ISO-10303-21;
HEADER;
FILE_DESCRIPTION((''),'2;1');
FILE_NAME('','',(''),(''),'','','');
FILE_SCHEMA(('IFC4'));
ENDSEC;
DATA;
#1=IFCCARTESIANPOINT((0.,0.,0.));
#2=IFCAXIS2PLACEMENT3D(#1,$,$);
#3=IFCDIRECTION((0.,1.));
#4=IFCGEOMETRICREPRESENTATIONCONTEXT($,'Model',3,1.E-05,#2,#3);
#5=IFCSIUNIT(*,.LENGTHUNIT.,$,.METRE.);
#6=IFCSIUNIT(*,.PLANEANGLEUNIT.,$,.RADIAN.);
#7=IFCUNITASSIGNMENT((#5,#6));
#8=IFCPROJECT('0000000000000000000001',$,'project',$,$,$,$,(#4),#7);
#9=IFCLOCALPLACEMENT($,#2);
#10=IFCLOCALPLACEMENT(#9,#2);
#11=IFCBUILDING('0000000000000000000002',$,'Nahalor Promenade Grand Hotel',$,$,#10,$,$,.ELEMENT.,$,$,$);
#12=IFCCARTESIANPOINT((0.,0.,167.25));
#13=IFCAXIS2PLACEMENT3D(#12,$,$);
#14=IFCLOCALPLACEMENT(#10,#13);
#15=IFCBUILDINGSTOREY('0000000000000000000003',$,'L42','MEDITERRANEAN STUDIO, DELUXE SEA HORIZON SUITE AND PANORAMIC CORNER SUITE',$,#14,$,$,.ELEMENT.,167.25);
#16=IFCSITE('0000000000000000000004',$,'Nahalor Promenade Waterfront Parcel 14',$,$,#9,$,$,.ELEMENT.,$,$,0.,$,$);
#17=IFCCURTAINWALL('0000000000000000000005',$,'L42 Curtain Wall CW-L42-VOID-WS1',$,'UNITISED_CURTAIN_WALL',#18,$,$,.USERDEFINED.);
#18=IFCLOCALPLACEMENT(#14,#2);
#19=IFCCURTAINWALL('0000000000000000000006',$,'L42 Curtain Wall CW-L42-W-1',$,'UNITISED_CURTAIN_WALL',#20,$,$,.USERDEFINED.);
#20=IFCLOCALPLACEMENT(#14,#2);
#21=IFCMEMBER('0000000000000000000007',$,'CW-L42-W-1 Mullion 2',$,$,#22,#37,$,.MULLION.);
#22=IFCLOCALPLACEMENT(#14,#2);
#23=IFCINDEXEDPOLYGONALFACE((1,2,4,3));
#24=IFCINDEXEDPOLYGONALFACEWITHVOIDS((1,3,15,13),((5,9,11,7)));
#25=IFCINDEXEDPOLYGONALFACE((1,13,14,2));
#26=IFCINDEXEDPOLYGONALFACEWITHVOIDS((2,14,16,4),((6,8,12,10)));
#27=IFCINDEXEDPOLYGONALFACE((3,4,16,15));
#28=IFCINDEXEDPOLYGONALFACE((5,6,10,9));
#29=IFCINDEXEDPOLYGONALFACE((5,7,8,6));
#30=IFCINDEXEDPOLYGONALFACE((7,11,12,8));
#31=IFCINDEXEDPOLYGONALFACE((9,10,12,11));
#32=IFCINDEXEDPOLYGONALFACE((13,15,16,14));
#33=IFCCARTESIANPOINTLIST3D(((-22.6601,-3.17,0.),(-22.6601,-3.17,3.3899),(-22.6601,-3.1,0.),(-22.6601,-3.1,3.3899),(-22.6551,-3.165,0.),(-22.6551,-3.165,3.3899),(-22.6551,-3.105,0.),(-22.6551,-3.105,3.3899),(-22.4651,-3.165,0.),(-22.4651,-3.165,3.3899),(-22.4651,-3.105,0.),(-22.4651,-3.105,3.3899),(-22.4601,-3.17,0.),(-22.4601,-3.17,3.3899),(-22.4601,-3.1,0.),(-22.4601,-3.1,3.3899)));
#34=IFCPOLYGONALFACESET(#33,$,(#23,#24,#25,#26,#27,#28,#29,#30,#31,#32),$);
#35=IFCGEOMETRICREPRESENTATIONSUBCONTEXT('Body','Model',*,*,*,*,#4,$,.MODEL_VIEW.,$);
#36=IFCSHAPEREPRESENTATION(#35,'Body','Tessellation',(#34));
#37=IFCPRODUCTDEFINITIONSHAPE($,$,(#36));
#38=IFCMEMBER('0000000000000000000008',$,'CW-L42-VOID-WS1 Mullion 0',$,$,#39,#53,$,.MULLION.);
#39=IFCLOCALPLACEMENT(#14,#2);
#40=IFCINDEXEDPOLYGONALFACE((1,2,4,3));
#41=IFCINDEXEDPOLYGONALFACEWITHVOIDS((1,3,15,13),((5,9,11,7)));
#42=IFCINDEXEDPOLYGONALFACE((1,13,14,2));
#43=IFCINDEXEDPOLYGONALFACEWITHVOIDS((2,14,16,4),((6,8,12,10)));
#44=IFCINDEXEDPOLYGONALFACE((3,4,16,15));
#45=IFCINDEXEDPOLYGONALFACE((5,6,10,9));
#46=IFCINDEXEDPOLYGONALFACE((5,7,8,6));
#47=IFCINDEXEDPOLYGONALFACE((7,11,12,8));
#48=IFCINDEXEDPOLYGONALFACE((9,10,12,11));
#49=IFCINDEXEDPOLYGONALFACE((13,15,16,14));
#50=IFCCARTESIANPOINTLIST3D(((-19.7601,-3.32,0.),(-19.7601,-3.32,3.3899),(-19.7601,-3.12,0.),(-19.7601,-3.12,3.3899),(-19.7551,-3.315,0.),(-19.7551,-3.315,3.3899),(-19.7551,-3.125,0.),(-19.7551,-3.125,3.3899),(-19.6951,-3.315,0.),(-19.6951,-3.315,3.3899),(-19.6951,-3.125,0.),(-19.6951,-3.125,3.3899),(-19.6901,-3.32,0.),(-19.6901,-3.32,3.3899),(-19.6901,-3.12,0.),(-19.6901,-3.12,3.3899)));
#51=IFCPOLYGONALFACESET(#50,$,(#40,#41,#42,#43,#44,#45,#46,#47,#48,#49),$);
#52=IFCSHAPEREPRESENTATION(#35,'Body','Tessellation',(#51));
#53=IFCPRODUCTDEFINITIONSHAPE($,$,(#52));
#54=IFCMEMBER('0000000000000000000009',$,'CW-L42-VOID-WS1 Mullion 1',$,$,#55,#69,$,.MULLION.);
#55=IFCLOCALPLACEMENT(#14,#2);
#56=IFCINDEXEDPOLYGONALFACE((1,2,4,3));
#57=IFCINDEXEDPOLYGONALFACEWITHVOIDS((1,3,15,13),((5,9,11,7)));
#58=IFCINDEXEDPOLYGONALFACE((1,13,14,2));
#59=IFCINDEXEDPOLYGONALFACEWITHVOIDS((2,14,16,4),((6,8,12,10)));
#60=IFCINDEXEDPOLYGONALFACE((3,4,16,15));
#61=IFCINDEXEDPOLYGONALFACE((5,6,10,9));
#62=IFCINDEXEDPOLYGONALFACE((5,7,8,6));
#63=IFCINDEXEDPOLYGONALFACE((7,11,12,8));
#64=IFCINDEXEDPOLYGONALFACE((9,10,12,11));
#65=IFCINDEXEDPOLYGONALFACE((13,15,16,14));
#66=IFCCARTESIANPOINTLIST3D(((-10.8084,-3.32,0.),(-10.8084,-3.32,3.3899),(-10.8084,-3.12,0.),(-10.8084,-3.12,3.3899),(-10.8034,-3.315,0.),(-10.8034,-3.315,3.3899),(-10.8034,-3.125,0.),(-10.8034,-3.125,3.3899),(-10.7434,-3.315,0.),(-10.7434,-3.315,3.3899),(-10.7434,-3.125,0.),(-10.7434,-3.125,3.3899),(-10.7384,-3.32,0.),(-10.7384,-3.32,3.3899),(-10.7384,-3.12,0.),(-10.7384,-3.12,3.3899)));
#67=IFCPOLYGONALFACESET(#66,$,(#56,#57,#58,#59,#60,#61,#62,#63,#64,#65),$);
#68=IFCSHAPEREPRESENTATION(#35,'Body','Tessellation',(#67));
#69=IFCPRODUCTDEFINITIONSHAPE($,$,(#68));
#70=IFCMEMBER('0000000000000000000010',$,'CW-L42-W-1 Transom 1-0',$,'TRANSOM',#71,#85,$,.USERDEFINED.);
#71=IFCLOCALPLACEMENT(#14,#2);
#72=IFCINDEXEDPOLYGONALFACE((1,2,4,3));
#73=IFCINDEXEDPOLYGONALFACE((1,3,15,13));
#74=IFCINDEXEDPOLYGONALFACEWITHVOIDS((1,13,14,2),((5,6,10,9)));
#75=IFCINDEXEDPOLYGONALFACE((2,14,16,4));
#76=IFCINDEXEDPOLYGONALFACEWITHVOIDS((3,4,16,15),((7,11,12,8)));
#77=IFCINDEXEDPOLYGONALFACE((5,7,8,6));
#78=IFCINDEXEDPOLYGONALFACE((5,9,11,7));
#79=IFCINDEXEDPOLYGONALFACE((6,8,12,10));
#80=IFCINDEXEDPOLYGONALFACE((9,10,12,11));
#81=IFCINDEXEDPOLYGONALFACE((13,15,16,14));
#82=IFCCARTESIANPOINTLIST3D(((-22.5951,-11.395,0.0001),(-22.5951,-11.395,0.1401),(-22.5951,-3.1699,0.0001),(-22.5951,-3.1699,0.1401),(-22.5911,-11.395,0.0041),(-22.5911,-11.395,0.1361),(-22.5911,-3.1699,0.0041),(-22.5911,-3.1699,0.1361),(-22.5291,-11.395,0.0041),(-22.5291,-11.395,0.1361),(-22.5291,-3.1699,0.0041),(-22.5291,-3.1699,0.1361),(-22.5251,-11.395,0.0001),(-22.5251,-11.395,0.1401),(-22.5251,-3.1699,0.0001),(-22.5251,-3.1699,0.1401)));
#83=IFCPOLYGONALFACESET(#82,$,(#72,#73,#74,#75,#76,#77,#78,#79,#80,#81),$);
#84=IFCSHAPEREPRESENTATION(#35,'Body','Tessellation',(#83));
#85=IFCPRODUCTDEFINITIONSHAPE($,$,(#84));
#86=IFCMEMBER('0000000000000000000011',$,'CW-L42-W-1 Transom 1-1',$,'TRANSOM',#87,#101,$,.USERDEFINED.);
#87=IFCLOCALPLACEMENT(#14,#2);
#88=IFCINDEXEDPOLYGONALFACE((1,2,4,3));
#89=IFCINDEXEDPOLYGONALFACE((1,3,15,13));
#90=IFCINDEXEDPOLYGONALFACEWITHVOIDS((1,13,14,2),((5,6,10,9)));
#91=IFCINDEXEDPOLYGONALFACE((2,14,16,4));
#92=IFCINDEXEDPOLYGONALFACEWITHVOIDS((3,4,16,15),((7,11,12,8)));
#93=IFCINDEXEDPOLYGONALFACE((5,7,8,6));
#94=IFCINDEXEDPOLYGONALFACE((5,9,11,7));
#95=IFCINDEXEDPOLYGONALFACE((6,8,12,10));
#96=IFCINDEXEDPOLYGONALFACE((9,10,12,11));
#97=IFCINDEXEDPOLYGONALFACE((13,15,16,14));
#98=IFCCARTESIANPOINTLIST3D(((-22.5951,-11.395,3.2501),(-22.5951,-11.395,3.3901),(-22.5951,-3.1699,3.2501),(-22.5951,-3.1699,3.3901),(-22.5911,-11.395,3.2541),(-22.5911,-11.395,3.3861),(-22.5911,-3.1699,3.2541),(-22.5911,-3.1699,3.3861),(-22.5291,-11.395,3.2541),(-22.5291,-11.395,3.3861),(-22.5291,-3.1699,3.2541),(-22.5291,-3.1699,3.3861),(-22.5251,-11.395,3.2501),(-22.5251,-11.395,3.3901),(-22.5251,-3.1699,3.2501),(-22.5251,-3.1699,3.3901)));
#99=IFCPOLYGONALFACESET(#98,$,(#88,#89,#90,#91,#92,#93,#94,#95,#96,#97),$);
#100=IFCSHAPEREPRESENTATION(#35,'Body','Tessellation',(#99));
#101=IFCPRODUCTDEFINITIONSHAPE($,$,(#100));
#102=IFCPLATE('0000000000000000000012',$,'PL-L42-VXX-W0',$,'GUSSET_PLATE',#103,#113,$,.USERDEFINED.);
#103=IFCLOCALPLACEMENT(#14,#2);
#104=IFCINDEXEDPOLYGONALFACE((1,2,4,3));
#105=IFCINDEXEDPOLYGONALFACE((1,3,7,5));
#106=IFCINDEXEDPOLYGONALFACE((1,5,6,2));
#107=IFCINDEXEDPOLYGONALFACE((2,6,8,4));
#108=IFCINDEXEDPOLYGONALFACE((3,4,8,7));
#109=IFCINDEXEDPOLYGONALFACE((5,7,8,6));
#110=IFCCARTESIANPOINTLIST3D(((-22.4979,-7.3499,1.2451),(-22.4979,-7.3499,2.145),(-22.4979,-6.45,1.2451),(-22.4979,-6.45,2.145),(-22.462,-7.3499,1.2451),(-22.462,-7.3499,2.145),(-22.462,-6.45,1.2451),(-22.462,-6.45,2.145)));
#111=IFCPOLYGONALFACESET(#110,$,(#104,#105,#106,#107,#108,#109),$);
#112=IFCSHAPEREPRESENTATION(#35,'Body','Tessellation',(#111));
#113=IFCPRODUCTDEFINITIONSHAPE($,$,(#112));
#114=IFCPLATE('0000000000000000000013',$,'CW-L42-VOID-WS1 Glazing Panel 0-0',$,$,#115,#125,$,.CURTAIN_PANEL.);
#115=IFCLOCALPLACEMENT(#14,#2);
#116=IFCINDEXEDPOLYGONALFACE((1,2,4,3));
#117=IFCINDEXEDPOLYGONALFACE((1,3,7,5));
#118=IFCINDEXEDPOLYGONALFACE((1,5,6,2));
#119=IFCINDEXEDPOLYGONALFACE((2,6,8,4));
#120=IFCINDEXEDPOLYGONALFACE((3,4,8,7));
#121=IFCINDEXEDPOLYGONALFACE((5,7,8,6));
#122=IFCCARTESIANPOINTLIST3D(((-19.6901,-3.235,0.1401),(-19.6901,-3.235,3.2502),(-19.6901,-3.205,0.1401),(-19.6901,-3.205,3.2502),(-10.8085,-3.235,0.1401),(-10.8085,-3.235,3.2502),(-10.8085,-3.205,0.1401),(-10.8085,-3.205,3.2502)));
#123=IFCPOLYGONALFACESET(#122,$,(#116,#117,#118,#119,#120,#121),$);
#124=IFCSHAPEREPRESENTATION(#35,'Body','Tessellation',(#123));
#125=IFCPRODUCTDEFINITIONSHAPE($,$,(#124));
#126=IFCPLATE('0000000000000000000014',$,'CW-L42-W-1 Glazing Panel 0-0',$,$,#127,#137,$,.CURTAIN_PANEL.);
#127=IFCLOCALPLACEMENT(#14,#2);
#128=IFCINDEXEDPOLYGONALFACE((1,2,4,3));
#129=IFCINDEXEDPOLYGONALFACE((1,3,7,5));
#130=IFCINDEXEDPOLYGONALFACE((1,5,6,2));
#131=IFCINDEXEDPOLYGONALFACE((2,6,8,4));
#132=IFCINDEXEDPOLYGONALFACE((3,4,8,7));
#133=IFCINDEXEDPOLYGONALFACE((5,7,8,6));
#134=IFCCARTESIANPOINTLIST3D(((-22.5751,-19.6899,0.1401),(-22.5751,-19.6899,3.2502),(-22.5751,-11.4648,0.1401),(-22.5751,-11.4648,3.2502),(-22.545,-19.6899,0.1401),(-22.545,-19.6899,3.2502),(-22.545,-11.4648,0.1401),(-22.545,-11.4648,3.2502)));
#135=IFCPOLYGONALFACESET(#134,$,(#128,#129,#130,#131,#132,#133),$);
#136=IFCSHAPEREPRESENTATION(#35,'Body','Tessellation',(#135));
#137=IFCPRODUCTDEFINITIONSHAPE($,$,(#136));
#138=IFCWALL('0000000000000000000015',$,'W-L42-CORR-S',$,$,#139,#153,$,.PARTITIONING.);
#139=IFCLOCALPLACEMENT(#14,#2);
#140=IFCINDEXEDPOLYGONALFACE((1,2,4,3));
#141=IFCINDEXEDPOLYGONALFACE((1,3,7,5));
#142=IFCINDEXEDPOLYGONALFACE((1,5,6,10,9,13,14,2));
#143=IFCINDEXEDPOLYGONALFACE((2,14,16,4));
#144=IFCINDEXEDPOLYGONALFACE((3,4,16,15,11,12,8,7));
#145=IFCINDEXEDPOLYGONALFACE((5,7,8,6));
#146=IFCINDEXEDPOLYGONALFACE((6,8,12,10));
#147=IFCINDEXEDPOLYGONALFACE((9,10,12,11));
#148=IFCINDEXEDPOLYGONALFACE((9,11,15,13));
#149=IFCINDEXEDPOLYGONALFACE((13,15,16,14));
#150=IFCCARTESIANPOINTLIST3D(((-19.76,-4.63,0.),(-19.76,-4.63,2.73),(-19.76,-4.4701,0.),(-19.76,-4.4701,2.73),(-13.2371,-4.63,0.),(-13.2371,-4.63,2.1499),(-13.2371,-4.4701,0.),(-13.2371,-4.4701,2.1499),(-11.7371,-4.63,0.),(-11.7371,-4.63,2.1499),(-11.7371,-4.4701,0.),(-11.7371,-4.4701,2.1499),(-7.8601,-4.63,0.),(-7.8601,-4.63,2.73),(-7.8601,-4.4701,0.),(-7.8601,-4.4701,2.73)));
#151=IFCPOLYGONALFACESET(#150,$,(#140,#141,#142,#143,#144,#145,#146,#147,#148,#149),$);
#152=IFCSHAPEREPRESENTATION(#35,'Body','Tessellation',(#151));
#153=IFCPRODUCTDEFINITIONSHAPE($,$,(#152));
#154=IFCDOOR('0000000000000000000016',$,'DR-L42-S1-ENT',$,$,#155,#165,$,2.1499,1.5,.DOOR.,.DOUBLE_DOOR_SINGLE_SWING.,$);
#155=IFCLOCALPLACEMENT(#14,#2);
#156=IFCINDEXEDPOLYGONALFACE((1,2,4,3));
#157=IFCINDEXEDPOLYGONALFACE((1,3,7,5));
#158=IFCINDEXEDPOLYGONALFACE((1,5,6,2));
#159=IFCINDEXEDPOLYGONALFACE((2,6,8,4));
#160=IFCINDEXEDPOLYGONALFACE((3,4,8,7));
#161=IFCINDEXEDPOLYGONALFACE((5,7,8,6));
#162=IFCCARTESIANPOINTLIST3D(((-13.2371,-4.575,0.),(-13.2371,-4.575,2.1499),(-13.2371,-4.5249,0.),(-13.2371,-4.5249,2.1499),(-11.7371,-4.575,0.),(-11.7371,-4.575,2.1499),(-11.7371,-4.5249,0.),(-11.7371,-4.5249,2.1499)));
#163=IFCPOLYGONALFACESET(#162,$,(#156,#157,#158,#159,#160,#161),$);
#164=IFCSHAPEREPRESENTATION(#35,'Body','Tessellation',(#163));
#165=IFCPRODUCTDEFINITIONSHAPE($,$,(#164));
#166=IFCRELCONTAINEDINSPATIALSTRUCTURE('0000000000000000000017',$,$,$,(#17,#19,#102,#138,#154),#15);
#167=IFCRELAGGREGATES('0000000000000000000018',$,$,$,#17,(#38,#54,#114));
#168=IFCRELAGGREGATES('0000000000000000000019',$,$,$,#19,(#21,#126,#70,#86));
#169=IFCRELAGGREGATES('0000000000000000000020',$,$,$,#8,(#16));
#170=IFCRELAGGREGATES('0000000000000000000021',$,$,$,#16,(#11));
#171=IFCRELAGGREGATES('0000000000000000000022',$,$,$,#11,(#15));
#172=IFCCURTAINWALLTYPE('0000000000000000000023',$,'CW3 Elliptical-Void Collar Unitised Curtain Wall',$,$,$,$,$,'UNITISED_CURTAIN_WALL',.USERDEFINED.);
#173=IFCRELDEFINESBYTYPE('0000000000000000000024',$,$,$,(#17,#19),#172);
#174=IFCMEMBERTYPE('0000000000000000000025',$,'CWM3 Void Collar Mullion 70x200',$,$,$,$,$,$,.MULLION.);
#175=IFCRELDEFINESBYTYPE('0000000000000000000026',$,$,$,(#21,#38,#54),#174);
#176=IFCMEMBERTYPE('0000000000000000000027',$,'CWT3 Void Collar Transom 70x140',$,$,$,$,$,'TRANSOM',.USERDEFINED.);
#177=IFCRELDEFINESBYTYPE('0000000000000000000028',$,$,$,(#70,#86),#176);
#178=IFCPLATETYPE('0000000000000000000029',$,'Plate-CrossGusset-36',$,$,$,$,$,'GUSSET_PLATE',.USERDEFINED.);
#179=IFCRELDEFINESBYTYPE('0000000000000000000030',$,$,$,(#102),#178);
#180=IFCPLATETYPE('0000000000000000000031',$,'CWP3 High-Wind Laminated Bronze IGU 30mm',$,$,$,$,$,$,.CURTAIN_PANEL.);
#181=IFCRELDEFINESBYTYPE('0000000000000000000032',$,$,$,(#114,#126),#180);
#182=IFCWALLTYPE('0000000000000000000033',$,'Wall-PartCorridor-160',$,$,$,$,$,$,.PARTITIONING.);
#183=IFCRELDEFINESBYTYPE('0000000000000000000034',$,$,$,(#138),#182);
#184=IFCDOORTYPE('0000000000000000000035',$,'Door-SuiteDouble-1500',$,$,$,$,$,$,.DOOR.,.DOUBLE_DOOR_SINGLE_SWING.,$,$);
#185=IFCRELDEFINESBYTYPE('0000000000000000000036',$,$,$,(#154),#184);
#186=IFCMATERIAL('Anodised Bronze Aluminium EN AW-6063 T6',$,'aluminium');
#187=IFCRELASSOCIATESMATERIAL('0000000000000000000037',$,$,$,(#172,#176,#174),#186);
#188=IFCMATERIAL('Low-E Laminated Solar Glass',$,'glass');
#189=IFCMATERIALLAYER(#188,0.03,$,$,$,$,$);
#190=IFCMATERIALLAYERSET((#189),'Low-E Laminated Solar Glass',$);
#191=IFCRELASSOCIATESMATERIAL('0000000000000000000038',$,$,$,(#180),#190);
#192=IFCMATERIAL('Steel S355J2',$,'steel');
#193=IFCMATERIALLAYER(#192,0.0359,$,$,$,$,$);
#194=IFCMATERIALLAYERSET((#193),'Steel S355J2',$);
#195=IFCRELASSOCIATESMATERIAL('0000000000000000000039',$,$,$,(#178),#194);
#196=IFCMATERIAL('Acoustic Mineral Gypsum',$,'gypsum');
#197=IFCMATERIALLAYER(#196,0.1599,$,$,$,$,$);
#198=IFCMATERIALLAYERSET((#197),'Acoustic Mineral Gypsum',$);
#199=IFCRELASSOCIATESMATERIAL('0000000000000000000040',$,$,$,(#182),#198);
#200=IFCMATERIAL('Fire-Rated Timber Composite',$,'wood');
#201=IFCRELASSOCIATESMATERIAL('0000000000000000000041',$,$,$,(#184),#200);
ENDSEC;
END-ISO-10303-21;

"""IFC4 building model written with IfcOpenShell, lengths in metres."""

from ifc_helpers import new_model, si_unit, direction, frame, frame_2d, origin, origin_2d, place, context, subcontext, project, spatial, rectangle, hollow_rectangle, extrude, source, transform, mapped, material, layer, layer_set, material_profile, profile_set, type_object, element, fill, aggregate, save


model = new_model("IFC4")

# Units and contexts
model_context = context("Model", 3, precision=1e-05, world=origin(), true_north=direction((0.0, 1.0)))
body_context = subcontext(model_context, "Body", "Model", "MODEL_VIEW")
ifc_project = project(units=[si_unit("LENGTHUNIT", "METRE"), si_unit("PLANEANGLEUNIT", "RADIAN")], contexts=[model_context])

# Site, building, storey
site_placement = place(None, origin())
site = spatial("IfcSite", under=ifc_project, at=site_placement, Name="Nahalor Promenade Waterfront Parcel 14", CompositionType="ELEMENT", RefElevation=0.0)
building_placement = place(site_placement, origin())
building = spatial("IfcBuilding", under=site, at=building_placement, Name="Nahalor Promenade Grand Hotel", CompositionType="ELEMENT")
storey_placement = place(building_placement, frame((0.0, 0.0, 167.25)))
storey = spatial("IfcBuildingStorey", under=building, at=storey_placement, Name="L42", Description="MEDITERRANEAN STUDIO, DELUXE SEA HORIZON SUITE AND PANORAMIC CORNER SUITE", CompositionType="ELEMENT", Elevation=167.25)

# Shared definitions
ifc_material_1 = material(Name="Steel S355J2", Category="steel")

# Curtain walls, member
ifc_material_2 = material(Name="Anodised Bronze Aluminium EN AW-6063 T6", Category="aluminium")
curtain_wall_type = type_object("IfcCurtainWallType", Name="CW3 Elliptical-Void Collar Unitised Curtain Wall", ElementType="UNITISED_CURTAIN_WALL", PredefinedType="USERDEFINED", material=ifc_material_2)
curtain_wall_1_placement = place(storey_placement, origin())
curtain_wall_1 = element("IfcCurtainWall", 1, at=curtain_wall_1_placement, inside=storey, type_object=curtain_wall_type, Name="L42 Curtain Wall CW-L42-VOID-WS1", ObjectType="UNITISED_CURTAIN_WALL", PredefinedType="USERDEFINED")
ifc_material_profile_1 = material_profile(ifc_material_2, hollow_rectangle(XDim=0.07, YDim=0.14, WallThickness=0.004, at=origin_2d()), Name="CWT 70x140x4")
ifc_profile_set_1 = profile_set([ifc_material_profile_1], Name="Anodised Bronze Aluminium EN AW-6063 T6")
member_type_1 = type_object("IfcMemberType", Name="CWT3 Void Collar Transom 70x140", ElementType="TRANSOM", PredefinedType="USERDEFINED", material=ifc_profile_set_1)
curtain_wall_2_placement = place(storey_placement, origin())
curtain_wall_2 = element("IfcCurtainWall", 2, at=curtain_wall_2_placement, inside=storey, type_object=curtain_wall_type, Name="L42 Curtain Wall CW-L42-W-1", ObjectType="UNITISED_CURTAIN_WALL", PredefinedType="USERDEFINED")
ifc_material_profile_2 = material_profile(ifc_material_2, hollow_rectangle(XDim=0.07, YDim=0.2, WallThickness=0.005, at=origin_2d()), Name="CWM 70x200x5")
ifc_profile_set_2 = profile_set([ifc_material_profile_2], Name="Anodised Bronze Aluminium EN AW-6063 T6")
member_type_2 = type_object("IfcMemberType", Name="CWM3 Void Collar Mullion 70x200", PredefinedType="MULLION", material=ifc_profile_set_2)
shared_shape_1 = source(origin(), body_context, "Body", "SweptSolid", [
    extrude(hollow_rectangle(XDim=0.07, YDim=0.2, WallThickness=0.005, at=origin_2d()), origin(), (0.0, 0.0, 1.0), 3.3899),
])
member_1_placement = place(storey_placement, frame((-22.5601, -3.135, 0.0), z_axis=(0.0, 0.0, 1.0), x_axis=(0.0, 1.0, 0.0)))
member_1 = element("IfcMember", 3, at=member_1_placement, type_object=member_type_2, Name="CW-L42-W-1 Mullion 2", PredefinedType="MULLION", context=body_context, shape_type="MappedRepresentation", body=[
    mapped(shared_shape_1, transform((0.0, 0.0, 0.0), scale=1.0)),
])

# Members
member_2_placement = place(storey_placement, frame((-19.7251, -3.22, 0.0), z_axis=(0.0, 0.0, 1.0), x_axis=(1.0, 0.0, 0.0)))
member_2 = element("IfcMember", 4, at=member_2_placement, type_object=member_type_2, Name="CW-L42-VOID-WS1 Mullion 0", PredefinedType="MULLION", context=body_context, shape_type="MappedRepresentation", body=[
    mapped(shared_shape_1, transform((0.0, 0.0, 0.0), scale=1.0)),
])
member_3_placement = place(storey_placement, frame((-10.7734, -3.22, 0.0), z_axis=(0.0, 0.0, 1.0), x_axis=(1.0, 0.0, 0.0)))
member_3 = element("IfcMember", 5, at=member_3_placement, type_object=member_type_2, Name="CW-L42-VOID-WS1 Mullion 1", PredefinedType="MULLION", context=body_context, shape_type="MappedRepresentation", body=[
    mapped(shared_shape_1, transform((0.0, 0.0, 0.0), scale=1.0)),
])
shared_shape_2 = source(origin(), body_context, "Body", "SweptSolid", [
    extrude(hollow_rectangle(XDim=0.07, YDim=0.14, WallThickness=0.004, at=origin_2d()), origin(), (0.0, 0.0, 1.0), 8.2251),
])
member_4_placement = place(storey_placement, frame((-22.5601, -11.395, 0.0701), z_axis=(0.0, 1.0, 0.0), x_axis=(-1.0, 0.0, 0.0)))
member_4 = element("IfcMember", 6, at=member_4_placement, type_object=member_type_1, Name="CW-L42-W-1 Transom 1-0", ObjectType="TRANSOM", PredefinedType="USERDEFINED", context=body_context, shape_type="MappedRepresentation", body=[
    mapped(shared_shape_2, transform((0.0, 0.0, 0.0), scale=1.0)),
])
member_5_placement = place(storey_placement, frame((-22.5601, -11.395, 3.3201), z_axis=(0.0, 1.0, 0.0), x_axis=(-1.0, 0.0, 0.0)))
member_5 = element("IfcMember", 7, at=member_5_placement, type_object=member_type_1, Name="CW-L42-W-1 Transom 1-1", ObjectType="TRANSOM", PredefinedType="USERDEFINED", context=body_context, shape_type="MappedRepresentation", body=[
    mapped(shared_shape_2, transform((0.0, 0.0, 0.0), scale=1.0)),
])

# Plates
ifc_material_3 = material(Name="Low-E Laminated Solar Glass", Category="glass")
ifc_layer_1 = layer(ifc_material_3, 0.03)
ifc_layer_set_1 = layer_set([ifc_layer_1], Name="Low-E Laminated Solar Glass")
plate_type_1 = type_object("IfcPlateType", Name="CWP3 High-Wind Laminated Bronze IGU 30mm", PredefinedType="CURTAIN_PANEL", material=ifc_layer_set_1)
ifc_layer_2 = layer(ifc_material_1, 0.0359)
ifc_layer_set_2 = layer_set([ifc_layer_2], Name="Steel S355J2")
plate_type_2 = type_object("IfcPlateType", Name="Plate-CrossGusset-36", ElementType="GUSSET_PLATE", PredefinedType="USERDEFINED", material=ifc_layer_set_2)
shared_shape_3 = source(origin(), body_context, "Body", "SweptSolid", [
    extrude(rectangle(XDim=0.8999, YDim=0.0359, at=origin_2d()), origin(), (0.0, 0.0, 1.0), 0.8999),
])
plate_1_placement = place(storey_placement, frame((-22.48, -6.8999, 1.2451), z_axis=(0.0, 0.0, 1.0), x_axis=(0.0, 1.0, 0.0)))
element("IfcPlate", 8, at=plate_1_placement, inside=storey, type_object=plate_type_2, Name="PL-L42-VXX-W0", ObjectType="GUSSET_PLATE", PredefinedType="USERDEFINED", context=body_context, shape_type="MappedRepresentation", body=[
    mapped(shared_shape_3, transform((0.0, 0.0, 0.0), scale=1.0)),
])
shared_shape_4 = source(origin(), body_context, "Body", "SweptSolid", [
    extrude(rectangle(XDim=8.8816, YDim=0.03, at=origin_2d()), origin(), (0.0, 0.0, 1.0), 3.1101),
])
plate_2_placement = place(storey_placement, frame((-15.2493, -3.22, 0.1401), z_axis=(0.0, 0.0, 1.0), x_axis=(1.0, 0.0, 0.0)))
plate_2 = element("IfcPlate", 9, at=plate_2_placement, type_object=plate_type_1, Name="CW-L42-VOID-WS1 Glazing Panel 0-0", PredefinedType="CURTAIN_PANEL", context=body_context, shape_type="MappedRepresentation", body=[
    mapped(shared_shape_4, transform((0.0, 0.0, 0.0), scale=1.0)),
])
aggregate(curtain_wall_1, [member_2, member_3, plate_2])
shared_shape_5 = source(origin(), body_context, "Body", "SweptSolid", [
    extrude(rectangle(XDim=8.2251, YDim=0.03, at=origin_2d()), origin(), (0.0, 0.0, 1.0), 3.1101),
])
plate_3_placement = place(storey_placement, frame((-22.5601, -15.5774, 0.1401), z_axis=(0.0, 0.0, 1.0), x_axis=(0.0, 1.0, 0.0)))
plate_3 = element("IfcPlate", 10, at=plate_3_placement, type_object=plate_type_1, Name="CW-L42-W-1 Glazing Panel 0-0", PredefinedType="CURTAIN_PANEL", context=body_context, shape_type="MappedRepresentation", body=[
    mapped(shared_shape_5, transform((0.0, 0.0, 0.0), scale=1.0)),
])
aggregate(curtain_wall_2, [member_1, plate_3, member_4, member_5])

# Wall, opening, door
ifc_material_4 = material(Name="Acoustic Mineral Gypsum", Category="gypsum")
ifc_layer_3 = layer(ifc_material_4, 0.1599)
ifc_layer_set_3 = layer_set([ifc_layer_3], Name="Acoustic Mineral Gypsum")
wall_type = type_object("IfcWallType", Name="Wall-PartCorridor-160", PredefinedType="PARTITIONING", material=ifc_layer_set_3)
shared_shape_6 = source(origin(), body_context, "Body", "SweptSolid", [
    extrude(rectangle(XDim=11.8999, YDim=0.1599, at=frame_2d((5.95, 0.0))), origin(), (0.0, 0.0, 1.0), 2.73),
])
wall_placement = place(storey_placement, frame((-19.76, -4.55, 0.0), z_axis=(0.0, 0.0, 1.0), x_axis=(1.0, 0.0, 0.0)))
wall = element("IfcWall", 11, at=wall_placement, inside=storey, type_object=wall_type, Name="W-L42-CORR-S", PredefinedType="PARTITIONING", context=body_context, shape_type="MappedRepresentation", body=[
    mapped(shared_shape_6, transform((0.0, 0.0, 0.0), scale=1.0)),
])
opening_placement = place(wall_placement, frame((6.5229, 0.0, 0.0)))
opening = element("IfcOpeningElement", 12, at=opening_placement, cuts=wall, PredefinedType="OPENING", context=body_context, shape_type="SweptSolid", body=[
    extrude(rectangle(XDim=1.5, YDim=2.1499, at=frame_2d((0.75, 1.075))), frame((0.0, 0.0898, 0.0), z_axis=(0.0, -1.0, 0.0), x_axis=(1.0, 0.0, 0.0)), (0.0, 0.0, 1.0), 0.1799),
])
ifc_material_5 = material(Name="Fire-Rated Timber Composite", Category="wood")
door_type = type_object("IfcDoorType", Name="Door-SuiteDouble-1500", OperationType="DOUBLE_DOOR_SINGLE_SWING", PredefinedType="DOOR", material=ifc_material_5)
shared_shape_7 = source(origin(), body_context, "Body", "SweptSolid", [
    extrude(rectangle(XDim=1.5, YDim=2.1499, at=frame_2d((0.75, 1.075))), frame((0.0, 0.0249, 0.0), z_axis=(0.0, -1.0, 0.0), x_axis=(1.0, 0.0, 0.0)), (0.0, 0.0, 1.0), 0.05),
])
door_placement = place(opening_placement, frame((1.5, 0.0, 0.0), z_axis=(0.0, 0.0, 1.0), x_axis=(-1.0, 0.0, 0.0)))
door = element("IfcDoor", 13, at=door_placement, inside=storey, type_object=door_type, Name="DR-L42-S1-ENT", OperationType="DOUBLE_DOOR_SINGLE_SWING", OverallHeight=2.1499, OverallWidth=1.5, PredefinedType="DOOR", context=body_context, shape_type="MappedRepresentation", body=[
    mapped(shared_shape_7, transform((0.0, 0.0, 0.0), scale=1.0)),
])
fill(opening, door)

save(model, "model.ifc")
